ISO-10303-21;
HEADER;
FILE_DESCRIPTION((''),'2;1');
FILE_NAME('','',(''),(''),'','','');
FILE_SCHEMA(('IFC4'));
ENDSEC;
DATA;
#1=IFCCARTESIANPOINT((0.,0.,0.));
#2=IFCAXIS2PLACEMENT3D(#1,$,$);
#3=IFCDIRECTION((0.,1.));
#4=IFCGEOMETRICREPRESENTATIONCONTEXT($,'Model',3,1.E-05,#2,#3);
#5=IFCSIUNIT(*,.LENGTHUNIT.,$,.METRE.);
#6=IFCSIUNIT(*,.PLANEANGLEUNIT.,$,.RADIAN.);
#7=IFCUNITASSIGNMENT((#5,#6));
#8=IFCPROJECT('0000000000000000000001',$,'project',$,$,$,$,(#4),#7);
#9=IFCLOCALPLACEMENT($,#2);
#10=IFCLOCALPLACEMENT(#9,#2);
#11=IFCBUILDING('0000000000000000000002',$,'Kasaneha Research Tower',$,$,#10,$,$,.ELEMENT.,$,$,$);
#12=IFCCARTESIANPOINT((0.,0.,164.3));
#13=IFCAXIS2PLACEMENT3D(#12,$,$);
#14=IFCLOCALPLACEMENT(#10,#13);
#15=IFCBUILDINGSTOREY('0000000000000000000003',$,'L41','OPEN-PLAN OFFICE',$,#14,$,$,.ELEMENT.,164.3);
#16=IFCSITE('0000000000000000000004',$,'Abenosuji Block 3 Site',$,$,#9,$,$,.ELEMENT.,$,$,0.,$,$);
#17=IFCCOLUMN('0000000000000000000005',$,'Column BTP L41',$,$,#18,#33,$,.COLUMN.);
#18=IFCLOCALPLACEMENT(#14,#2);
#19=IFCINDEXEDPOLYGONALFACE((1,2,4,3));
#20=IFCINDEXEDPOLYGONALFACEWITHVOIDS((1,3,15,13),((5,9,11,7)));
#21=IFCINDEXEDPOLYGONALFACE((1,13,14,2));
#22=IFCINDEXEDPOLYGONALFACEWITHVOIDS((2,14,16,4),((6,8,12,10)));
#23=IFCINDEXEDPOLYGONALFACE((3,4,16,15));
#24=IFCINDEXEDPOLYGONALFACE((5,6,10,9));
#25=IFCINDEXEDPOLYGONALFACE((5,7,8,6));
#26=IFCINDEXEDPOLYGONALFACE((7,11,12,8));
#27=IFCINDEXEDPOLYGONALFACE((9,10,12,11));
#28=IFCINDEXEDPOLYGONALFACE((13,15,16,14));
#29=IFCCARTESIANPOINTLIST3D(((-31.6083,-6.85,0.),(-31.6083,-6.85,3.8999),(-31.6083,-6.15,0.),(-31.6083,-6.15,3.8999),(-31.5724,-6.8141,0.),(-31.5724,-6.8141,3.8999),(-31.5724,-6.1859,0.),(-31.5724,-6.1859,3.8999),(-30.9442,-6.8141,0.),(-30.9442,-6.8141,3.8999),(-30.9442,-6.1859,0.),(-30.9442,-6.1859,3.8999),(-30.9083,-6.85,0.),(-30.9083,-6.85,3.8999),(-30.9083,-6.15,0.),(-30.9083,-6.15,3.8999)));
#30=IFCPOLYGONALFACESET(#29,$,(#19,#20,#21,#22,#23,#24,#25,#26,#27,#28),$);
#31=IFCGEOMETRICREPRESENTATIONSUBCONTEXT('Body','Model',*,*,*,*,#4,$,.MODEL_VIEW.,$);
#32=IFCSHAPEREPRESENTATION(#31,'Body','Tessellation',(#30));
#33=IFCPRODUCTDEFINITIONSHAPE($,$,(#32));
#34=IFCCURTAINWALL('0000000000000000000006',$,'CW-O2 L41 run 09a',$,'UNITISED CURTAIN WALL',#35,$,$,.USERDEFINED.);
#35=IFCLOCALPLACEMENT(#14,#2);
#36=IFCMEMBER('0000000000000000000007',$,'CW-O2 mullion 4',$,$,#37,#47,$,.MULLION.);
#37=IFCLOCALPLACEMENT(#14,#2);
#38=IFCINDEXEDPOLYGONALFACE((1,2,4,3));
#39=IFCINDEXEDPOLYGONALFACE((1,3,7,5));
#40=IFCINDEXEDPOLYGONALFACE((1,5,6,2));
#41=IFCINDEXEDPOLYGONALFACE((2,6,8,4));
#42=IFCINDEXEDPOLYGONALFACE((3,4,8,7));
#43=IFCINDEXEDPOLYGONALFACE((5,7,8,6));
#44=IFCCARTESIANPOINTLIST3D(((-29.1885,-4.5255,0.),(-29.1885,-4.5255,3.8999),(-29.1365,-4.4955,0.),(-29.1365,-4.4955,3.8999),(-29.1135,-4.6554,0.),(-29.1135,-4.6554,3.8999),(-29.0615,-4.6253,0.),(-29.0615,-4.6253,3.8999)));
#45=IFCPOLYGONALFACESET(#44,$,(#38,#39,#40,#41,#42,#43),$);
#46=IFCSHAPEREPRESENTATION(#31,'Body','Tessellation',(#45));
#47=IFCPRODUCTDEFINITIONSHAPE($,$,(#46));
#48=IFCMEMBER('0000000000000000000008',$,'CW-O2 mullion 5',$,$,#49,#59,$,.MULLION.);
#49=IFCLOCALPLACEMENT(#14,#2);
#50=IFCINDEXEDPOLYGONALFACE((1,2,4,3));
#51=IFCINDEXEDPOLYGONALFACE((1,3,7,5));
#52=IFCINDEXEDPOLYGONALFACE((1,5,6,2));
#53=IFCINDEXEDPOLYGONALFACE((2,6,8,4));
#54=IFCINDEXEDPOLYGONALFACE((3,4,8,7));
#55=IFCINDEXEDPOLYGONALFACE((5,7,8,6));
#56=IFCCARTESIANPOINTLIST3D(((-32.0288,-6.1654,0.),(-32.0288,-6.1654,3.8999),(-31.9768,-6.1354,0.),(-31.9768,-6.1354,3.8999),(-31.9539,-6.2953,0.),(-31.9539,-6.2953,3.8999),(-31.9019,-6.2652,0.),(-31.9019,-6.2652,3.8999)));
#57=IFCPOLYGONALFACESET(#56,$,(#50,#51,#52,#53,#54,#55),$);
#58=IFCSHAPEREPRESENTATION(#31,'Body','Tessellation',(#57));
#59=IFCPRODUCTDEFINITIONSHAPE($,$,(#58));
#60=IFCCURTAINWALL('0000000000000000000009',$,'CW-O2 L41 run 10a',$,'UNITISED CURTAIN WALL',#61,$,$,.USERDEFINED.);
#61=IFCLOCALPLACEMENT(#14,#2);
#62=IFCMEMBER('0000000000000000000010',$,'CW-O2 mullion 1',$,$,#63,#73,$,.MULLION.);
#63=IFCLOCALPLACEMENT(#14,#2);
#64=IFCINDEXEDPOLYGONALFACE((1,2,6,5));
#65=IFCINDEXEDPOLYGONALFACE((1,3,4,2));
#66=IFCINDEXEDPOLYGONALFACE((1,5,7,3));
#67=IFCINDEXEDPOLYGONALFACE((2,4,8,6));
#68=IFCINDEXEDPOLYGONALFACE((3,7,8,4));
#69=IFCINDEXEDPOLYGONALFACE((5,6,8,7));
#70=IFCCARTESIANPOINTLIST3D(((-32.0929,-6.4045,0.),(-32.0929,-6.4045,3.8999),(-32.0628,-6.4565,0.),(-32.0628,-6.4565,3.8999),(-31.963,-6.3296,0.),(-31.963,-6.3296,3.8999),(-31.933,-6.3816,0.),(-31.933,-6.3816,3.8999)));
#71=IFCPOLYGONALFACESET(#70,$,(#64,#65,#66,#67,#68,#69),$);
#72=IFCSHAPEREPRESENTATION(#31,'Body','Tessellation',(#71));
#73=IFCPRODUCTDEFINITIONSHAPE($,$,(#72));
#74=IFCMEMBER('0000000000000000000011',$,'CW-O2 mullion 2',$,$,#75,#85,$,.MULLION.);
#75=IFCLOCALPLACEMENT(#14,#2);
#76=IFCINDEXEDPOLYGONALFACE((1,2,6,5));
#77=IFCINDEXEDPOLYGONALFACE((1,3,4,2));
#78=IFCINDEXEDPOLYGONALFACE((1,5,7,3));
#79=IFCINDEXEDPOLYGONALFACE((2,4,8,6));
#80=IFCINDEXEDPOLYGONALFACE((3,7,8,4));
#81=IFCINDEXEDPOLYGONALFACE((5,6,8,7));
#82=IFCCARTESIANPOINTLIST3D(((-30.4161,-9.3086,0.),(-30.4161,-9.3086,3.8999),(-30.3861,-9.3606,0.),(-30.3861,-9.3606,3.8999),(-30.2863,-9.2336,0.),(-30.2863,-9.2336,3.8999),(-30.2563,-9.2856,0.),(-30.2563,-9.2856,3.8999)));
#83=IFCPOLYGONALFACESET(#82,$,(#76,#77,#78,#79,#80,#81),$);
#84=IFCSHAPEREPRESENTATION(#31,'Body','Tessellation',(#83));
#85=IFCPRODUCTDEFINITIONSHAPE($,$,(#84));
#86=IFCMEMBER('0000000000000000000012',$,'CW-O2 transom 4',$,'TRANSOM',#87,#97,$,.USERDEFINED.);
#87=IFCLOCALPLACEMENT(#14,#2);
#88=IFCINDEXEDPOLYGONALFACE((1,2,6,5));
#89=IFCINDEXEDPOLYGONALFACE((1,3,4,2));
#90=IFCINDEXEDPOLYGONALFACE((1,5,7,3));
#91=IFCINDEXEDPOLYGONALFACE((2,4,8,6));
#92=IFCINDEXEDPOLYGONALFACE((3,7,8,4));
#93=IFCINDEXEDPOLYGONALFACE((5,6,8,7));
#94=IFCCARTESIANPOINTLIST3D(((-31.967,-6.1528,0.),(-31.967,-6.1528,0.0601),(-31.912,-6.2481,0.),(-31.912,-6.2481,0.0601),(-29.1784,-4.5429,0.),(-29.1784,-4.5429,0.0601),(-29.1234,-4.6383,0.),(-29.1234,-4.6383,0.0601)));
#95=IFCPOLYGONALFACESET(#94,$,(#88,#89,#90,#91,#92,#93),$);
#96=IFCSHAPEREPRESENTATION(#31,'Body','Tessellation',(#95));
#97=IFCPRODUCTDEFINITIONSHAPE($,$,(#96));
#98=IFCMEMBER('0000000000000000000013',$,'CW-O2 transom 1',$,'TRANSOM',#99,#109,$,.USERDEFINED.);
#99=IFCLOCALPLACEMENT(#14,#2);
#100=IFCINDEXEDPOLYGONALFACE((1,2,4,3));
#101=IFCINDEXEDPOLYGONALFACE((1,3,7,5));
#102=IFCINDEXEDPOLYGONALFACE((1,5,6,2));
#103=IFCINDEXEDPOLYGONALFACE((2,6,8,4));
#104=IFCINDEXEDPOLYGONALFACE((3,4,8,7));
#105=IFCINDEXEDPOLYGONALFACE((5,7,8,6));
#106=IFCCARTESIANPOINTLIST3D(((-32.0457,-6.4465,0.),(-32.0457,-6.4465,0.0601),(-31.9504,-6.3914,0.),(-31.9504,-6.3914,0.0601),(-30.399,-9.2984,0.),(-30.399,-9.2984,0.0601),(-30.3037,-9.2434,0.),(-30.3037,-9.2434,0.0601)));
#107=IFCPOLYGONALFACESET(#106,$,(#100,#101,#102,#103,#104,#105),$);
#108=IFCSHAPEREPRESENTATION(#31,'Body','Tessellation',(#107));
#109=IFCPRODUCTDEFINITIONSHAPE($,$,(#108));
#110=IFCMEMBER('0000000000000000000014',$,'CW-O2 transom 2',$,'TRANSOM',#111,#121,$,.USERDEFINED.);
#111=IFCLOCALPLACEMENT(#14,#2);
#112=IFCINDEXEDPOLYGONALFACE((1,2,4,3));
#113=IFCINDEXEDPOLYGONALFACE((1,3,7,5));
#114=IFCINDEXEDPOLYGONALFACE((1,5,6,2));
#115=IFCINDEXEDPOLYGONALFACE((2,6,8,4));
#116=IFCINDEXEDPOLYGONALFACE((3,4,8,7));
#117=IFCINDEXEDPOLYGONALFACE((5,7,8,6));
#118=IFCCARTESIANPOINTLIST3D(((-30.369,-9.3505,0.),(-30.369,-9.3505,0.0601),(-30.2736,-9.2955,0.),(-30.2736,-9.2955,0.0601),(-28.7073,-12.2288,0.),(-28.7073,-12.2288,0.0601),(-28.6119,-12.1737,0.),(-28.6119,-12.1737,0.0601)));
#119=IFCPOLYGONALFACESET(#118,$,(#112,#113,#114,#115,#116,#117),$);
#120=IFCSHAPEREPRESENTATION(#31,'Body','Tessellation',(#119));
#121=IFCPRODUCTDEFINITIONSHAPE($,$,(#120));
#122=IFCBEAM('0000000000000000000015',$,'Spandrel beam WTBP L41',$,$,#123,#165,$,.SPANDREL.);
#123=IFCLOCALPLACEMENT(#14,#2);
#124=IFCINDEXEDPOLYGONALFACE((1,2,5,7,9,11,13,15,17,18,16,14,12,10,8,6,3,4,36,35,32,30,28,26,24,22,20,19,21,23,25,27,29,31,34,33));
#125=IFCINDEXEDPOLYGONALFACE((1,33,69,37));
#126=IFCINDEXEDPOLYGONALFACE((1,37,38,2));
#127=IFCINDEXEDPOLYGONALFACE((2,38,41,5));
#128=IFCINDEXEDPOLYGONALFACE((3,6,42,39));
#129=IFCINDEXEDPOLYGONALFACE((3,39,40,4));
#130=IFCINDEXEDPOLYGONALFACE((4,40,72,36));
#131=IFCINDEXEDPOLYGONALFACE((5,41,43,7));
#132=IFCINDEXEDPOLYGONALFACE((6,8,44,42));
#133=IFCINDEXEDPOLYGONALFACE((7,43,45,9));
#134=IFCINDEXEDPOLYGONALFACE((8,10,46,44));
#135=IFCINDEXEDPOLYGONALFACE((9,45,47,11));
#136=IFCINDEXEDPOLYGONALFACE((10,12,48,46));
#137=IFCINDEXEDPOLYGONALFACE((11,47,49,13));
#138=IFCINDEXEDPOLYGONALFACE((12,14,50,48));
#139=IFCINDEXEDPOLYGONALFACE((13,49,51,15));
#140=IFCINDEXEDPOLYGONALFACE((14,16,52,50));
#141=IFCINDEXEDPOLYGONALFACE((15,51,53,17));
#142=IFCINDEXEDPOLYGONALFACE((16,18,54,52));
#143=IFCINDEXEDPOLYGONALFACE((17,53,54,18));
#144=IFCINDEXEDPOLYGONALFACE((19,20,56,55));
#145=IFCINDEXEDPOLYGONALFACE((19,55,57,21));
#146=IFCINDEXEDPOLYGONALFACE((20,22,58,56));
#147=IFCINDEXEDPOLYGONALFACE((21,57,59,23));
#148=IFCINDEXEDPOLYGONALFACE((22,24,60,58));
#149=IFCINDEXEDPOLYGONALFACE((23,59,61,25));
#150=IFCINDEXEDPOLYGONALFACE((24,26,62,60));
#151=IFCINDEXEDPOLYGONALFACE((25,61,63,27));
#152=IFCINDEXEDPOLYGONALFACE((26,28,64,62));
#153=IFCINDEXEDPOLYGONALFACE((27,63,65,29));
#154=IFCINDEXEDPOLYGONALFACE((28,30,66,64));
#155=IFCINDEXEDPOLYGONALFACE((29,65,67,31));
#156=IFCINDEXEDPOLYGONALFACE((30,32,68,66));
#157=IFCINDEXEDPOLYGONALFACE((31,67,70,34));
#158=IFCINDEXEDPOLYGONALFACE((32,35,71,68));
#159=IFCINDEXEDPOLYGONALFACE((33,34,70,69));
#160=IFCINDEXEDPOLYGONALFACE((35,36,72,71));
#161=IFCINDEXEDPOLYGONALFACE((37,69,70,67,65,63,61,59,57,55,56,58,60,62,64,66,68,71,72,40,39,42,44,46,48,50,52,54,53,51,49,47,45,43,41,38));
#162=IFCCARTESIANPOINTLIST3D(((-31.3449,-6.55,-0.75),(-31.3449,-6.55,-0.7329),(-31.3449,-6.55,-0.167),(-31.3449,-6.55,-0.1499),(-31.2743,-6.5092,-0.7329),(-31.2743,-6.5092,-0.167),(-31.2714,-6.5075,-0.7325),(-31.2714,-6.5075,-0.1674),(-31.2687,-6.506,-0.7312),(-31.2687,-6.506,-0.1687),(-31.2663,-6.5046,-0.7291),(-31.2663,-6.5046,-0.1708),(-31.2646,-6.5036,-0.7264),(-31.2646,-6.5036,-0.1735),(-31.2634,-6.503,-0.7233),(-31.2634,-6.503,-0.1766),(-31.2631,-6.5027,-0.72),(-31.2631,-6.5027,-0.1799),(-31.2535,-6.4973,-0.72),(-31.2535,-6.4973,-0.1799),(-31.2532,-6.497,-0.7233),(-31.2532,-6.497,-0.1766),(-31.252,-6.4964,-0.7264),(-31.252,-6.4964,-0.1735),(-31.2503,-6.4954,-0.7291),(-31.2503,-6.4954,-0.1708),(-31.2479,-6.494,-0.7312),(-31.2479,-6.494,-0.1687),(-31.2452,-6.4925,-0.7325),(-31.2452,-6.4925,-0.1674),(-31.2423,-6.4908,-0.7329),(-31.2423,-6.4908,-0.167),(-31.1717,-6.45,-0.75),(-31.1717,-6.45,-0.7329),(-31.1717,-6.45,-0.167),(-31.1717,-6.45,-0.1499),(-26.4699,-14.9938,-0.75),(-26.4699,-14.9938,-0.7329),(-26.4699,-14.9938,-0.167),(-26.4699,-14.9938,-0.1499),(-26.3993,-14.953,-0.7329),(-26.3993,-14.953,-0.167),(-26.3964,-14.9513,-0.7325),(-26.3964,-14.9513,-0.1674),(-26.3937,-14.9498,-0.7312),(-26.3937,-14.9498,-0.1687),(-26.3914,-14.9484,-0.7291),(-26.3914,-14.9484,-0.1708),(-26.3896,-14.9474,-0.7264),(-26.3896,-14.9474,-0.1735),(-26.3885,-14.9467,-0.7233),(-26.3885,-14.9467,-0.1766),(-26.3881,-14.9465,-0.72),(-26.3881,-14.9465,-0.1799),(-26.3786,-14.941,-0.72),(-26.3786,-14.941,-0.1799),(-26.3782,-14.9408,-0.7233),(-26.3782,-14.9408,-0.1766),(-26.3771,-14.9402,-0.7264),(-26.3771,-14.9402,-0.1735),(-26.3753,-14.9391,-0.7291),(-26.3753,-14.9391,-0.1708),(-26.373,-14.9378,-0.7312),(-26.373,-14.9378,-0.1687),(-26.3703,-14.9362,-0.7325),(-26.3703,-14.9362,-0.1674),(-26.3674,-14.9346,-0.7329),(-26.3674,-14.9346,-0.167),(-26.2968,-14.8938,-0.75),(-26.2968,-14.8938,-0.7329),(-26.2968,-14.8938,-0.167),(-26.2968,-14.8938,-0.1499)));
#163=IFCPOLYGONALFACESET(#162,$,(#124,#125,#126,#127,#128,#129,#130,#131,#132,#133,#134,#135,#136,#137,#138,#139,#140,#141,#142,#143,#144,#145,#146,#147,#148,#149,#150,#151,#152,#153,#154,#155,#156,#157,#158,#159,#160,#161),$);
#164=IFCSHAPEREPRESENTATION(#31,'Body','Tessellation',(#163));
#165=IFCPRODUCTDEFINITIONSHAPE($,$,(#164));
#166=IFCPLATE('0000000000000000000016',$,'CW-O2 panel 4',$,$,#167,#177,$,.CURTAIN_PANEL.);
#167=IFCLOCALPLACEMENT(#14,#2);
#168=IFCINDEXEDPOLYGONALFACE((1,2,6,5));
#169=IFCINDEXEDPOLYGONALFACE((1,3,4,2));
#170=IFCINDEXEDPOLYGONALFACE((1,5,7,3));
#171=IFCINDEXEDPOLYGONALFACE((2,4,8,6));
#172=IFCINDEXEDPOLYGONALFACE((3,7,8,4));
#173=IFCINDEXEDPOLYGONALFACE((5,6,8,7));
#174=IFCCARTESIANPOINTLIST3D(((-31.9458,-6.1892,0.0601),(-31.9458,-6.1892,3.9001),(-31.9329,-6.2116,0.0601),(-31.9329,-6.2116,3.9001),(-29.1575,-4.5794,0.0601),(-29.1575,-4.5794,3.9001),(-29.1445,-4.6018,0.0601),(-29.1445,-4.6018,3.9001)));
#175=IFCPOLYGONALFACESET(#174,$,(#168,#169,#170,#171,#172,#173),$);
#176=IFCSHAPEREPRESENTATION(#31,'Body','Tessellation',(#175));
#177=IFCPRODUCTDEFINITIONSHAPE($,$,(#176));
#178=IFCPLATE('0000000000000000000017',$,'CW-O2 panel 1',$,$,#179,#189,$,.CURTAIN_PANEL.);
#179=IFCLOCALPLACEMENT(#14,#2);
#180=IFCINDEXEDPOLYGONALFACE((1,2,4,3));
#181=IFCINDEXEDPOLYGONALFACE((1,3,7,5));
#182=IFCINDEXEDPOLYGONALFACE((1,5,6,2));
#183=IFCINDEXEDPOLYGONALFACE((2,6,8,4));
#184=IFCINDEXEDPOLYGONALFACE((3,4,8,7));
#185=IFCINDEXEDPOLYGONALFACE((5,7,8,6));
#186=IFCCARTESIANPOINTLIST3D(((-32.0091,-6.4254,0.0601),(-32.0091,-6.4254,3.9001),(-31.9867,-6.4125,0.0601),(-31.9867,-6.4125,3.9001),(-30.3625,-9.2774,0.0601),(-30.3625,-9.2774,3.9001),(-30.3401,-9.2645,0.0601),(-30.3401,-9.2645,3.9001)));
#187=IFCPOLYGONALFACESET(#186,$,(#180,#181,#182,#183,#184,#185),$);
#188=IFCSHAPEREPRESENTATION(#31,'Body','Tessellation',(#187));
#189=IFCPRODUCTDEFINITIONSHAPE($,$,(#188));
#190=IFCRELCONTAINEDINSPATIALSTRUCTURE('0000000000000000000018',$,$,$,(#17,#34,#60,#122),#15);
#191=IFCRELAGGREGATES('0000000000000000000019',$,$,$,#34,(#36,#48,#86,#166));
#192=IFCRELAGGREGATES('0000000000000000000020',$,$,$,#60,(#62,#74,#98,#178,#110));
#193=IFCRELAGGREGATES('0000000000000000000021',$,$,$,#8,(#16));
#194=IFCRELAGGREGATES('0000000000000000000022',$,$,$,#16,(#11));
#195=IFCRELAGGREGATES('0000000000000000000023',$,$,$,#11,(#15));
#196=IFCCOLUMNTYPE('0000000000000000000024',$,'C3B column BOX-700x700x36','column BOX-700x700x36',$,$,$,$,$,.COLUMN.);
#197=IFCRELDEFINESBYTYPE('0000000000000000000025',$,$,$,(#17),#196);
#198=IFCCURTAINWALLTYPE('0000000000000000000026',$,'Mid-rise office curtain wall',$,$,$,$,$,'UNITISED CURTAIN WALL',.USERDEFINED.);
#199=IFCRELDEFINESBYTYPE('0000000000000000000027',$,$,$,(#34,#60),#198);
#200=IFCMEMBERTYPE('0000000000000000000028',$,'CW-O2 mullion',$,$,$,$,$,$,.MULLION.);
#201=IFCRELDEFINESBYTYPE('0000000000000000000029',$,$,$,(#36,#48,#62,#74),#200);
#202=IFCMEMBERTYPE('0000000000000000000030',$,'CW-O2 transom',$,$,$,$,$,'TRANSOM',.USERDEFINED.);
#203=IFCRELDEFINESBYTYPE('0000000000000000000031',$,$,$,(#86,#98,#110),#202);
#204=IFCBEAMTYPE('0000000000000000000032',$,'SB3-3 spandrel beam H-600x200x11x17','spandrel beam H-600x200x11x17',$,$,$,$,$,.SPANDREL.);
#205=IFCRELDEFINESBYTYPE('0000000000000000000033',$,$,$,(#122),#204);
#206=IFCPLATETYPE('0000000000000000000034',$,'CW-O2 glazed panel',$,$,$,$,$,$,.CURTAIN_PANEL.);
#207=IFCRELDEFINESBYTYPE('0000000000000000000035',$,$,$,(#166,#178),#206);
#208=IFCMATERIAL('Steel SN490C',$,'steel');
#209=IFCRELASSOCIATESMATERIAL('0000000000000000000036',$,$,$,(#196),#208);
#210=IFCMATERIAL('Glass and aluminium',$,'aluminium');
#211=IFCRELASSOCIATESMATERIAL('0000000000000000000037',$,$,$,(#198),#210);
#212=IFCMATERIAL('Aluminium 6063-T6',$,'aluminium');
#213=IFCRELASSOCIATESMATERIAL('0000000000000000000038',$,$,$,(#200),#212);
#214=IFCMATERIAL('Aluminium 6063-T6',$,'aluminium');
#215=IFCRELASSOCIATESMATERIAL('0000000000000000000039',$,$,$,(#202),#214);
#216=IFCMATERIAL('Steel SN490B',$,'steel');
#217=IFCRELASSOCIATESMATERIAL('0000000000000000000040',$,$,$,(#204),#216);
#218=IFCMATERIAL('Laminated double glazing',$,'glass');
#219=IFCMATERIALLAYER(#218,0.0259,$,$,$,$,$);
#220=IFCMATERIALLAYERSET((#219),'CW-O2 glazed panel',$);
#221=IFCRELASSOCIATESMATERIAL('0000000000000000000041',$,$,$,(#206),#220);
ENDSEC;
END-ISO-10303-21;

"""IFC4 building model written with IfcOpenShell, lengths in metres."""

from ifc_helpers import new_model, si_unit, direction, frame, origin, origin_2d, place, context, subcontext, project, spatial, rectangle, hollow_rectangle, i_section, extrude, material, layer, layer_set, material_profile, profile_set, type_object, element, aggregate, save


model = new_model("IFC4")

# Units and contexts
model_context = context("Model", 3, precision=1e-05, world=origin(), true_north=direction((0.0, 1.0)))
body_context = subcontext(model_context, "Body", "Model", "MODEL_VIEW")
ifc_project = project(units=[si_unit("LENGTHUNIT", "METRE"), si_unit("PLANEANGLEUNIT", "RADIAN")], contexts=[model_context])

# Site, building, storey
site_placement = place(None, origin())
site = spatial("IfcSite", under=ifc_project, at=site_placement, Name="Abenosuji Block 3 Site", CompositionType="ELEMENT", RefElevation=0.0)
building_placement = place(site_placement, origin())
building = spatial("IfcBuilding", under=site, at=building_placement, Name="Kasaneha Research Tower", CompositionType="ELEMENT")
storey_placement = place(building_placement, frame((0.0, 0.0, 164.3)))
storey = spatial("IfcBuildingStorey", under=building, at=storey_placement, Name="L41", Description="OPEN-PLAN OFFICE", CompositionType="ELEMENT", Elevation=164.3)

# Column
ifc_material_1 = material(Name="Steel SN490C", Category="steel")
ifc_material_profile_1 = material_profile(ifc_material_1, hollow_rectangle(XDim=0.7, YDim=0.7, WallThickness=0.0359, at=origin_2d()), Name="BOX-700x700x36")
ifc_profile_set_1 = profile_set([ifc_material_profile_1], Name="Steel SN490C")
column_type = type_object("IfcColumnType", Name="C3B column BOX-700x700x36", Description="column BOX-700x700x36", PredefinedType="COLUMN", material=ifc_profile_set_1)
column_placement = place(storey_placement, frame((-31.2583, -6.5, 0.0), z_axis=(0.0, 0.0, 1.0), x_axis=(1.0, 0.0, 0.0)))
element("IfcColumn", 1, at=column_placement, inside=storey, type_object=column_type, Name="Column BTP L41", PredefinedType="COLUMN", context=body_context, shape_type="SweptSolid", body=[
    extrude(hollow_rectangle(XDim=0.7, YDim=0.7, WallThickness=0.0359, at=origin_2d()), origin(), (0.0, 0.0, 1.0), 3.8999),
])

# Curtain walls, members
ifc_material_2 = material(Name="Glass and aluminium", Category="aluminium")
curtain_wall_type = type_object("IfcCurtainWallType", Name="Mid-rise office curtain wall", ElementType="UNITISED CURTAIN WALL", PredefinedType="USERDEFINED", material=ifc_material_2)
curtain_wall_1_placement = place(storey_placement, origin())
curtain_wall_1 = element("IfcCurtainWall", 2, at=curtain_wall_1_placement, inside=storey, type_object=curtain_wall_type, Name="CW-O2 L41 run 09a", ObjectType="UNITISED CURTAIN WALL", PredefinedType="USERDEFINED")
ifc_material_3 = material(Name="Aluminium 6063-T6", Category="aluminium")
ifc_material_profile_2 = material_profile(ifc_material_3, rectangle(XDim=0.0601, YDim=0.1499, at=origin_2d()), Name="CW-O2 mullion 60x150")
ifc_profile_set_2 = profile_set([ifc_material_profile_2], Name="Aluminium 6063-T6")
member_type_1 = type_object("IfcMemberType", Name="CW-O2 mullion", PredefinedType="MULLION", material=ifc_profile_set_2)
member_1_placement = place(storey_placement, frame((-29.125, -4.5754, 0.0), z_axis=(0.0, 0.0, 1.0), x_axis=(-0.866025, -0.5, 0.0)))
member_1 = element("IfcMember", 3, at=member_1_placement, type_object=member_type_1, Name="CW-O2 mullion 4", PredefinedType="MULLION", context=body_context, shape_type="SweptSolid", body=[
    extrude(rectangle(XDim=0.0601, YDim=0.1499, at=origin_2d()), origin(), (0.0, 0.0, 1.0), 3.8999),
])
member_2_placement = place(storey_placement, frame((-31.9653, -6.2153, 0.0), z_axis=(0.0, 0.0, 1.0), x_axis=(-0.866025, -0.5, 0.0)))
member_2 = element("IfcMember", 4, at=member_2_placement, type_object=member_type_1, Name="CW-O2 mullion 5", PredefinedType="MULLION", context=body_context, shape_type="SweptSolid", body=[
    extrude(rectangle(XDim=0.0601, YDim=0.1499, at=origin_2d()), origin(), (0.0, 0.0, 1.0), 3.8999),
])
curtain_wall_2_placement = place(storey_placement, origin())
curtain_wall_2 = element("IfcCurtainWall", 5, at=curtain_wall_2_placement, inside=storey, type_object=curtain_wall_type, Name="CW-O2 L41 run 10a", ObjectType="UNITISED CURTAIN WALL", PredefinedType="USERDEFINED")
member_3_placement = place(storey_placement, frame((-32.0129, -6.3931, 0.0), z_axis=(0.0, 0.0, 1.0), x_axis=(0.5, -0.866025, 0.0)))
member_3 = element("IfcMember", 6, at=member_3_placement, type_object=member_type_1, Name="CW-O2 mullion 1", PredefinedType="MULLION", context=body_context, shape_type="SweptSolid", body=[
    extrude(rectangle(XDim=0.0601, YDim=0.1499, at=origin_2d()), origin(), (0.0, 0.0, 1.0), 3.8999),
])
member_4_placement = place(storey_placement, frame((-30.3362, -9.2971, 0.0), z_axis=(0.0, 0.0, 1.0), x_axis=(0.5, -0.866025, 0.0)))
member_4 = element("IfcMember", 7, at=member_4_placement, type_object=member_type_1, Name="CW-O2 mullion 2", PredefinedType="MULLION", context=body_context, shape_type="SweptSolid", body=[
    extrude(rectangle(XDim=0.0601, YDim=0.1499, at=origin_2d()), origin(), (0.0, 0.0, 1.0), 3.8999),
])

# Members
ifc_material_4 = material(Name="Aluminium 6063-T6", Category="aluminium")
ifc_material_profile_3 = material_profile(ifc_material_4, rectangle(XDim=0.1101, YDim=0.0601, at=origin_2d()), Name="CW-O2 transom 110x60")
ifc_profile_set_3 = profile_set([ifc_material_profile_3], Name="Aluminium 6063-T6")
member_type_2 = type_object("IfcMemberType", Name="CW-O2 transom", ElementType="TRANSOM", PredefinedType="USERDEFINED", material=ifc_profile_set_3)
member_5_placement = place(storey_placement, frame((-29.1509, -4.5906, 0.03), z_axis=(-0.866042, -0.499972, 0.0), x_axis=(0.499972, -0.866042, 0.0)))
member_5 = element("IfcMember", 8, at=member_5_placement, type_object=member_type_2, Name="CW-O2 transom 4", ObjectType="TRANSOM", PredefinedType="USERDEFINED", context=body_context, shape_type="SweptSolid", body=[
    extrude(rectangle(XDim=0.1101, YDim=0.0601, at=origin_2d()), origin(), (0.0, 0.0, 1.0), 3.22),
])
member_6_placement = place(storey_placement, frame((-31.998, -6.4189, 0.03), z_axis=(0.500022, -0.866013, 0.0), x_axis=(0.866013, 0.500022, 0.0)))
member_6 = element("IfcMember", 9, at=member_6_placement, type_object=member_type_2, Name="CW-O2 transom 1", ObjectType="TRANSOM", PredefinedType="USERDEFINED", context=body_context, shape_type="SweptSolid", body=[
    extrude(rectangle(XDim=0.1101, YDim=0.0601, at=origin_2d()), origin(), (0.0, 0.0, 1.0), 3.2932),
])
member_7_placement = place(storey_placement, frame((-30.3213, -9.323, 0.03), z_axis=(0.499979, -0.866038, 0.0), x_axis=(0.866038, 0.499979, 0.0)))
member_7 = element("IfcMember", 10, at=member_7_placement, type_object=member_type_2, Name="CW-O2 transom 2", ObjectType="TRANSOM", PredefinedType="USERDEFINED", context=body_context, shape_type="SweptSolid", body=[
    extrude(rectangle(XDim=0.1101, YDim=0.0601, at=origin_2d()), origin(), (0.0, 0.0, 1.0), 3.3235),
])

# Beam
ifc_material_5 = material(Name="Steel SN490B", Category="steel")
ifc_material_profile_4 = material_profile(ifc_material_5, i_section(OverallWidth=0.2, OverallDepth=0.6001, WebThickness=0.011, FlangeThickness=0.0171, FilletRadius=0.0129, at=origin_2d()), Name="H-600x200x11x17")
ifc_profile_set_4 = profile_set([ifc_material_profile_4], Name="Steel SN490B")
beam_type = type_object("IfcBeamType", Name="SB3-3 spandrel beam H-600x200x11x17", Description="spandrel beam H-600x200x11x17", PredefinedType="SPANDREL", material=ifc_profile_set_4)
beam_placement = place(storey_placement, frame((-31.2583, -6.5, -0.45), z_axis=(0.499996, -0.866028, 0.0), x_axis=(0.866028, 0.499996, 0.0)))
element("IfcBeam", 11, at=beam_placement, inside=storey, type_object=beam_type, Name="Spandrel beam WTBP L41", PredefinedType="SPANDREL", context=body_context, shape_type="SweptSolid", body=[
    extrude(i_section(OverallWidth=0.2, OverallDepth=0.6001, WebThickness=0.011, FlangeThickness=0.0171, FilletRadius=0.0129, at=origin_2d()), origin(), (0.0, 0.0, 1.0), 9.75),
])

# Plates
ifc_material_6 = material(Name="Laminated double glazing", Category="glass")
ifc_layer_1 = layer(ifc_material_6, 0.0259)
ifc_layer_set_1 = layer_set([ifc_layer_1], Name="CW-O2 glazed panel")
plate_type = type_object("IfcPlateType", Name="CW-O2 glazed panel", PredefinedType="CURTAIN_PANEL", material=ifc_layer_set_1)
plate_1_placement = place(storey_placement, frame((-30.5452, -5.3955, 0.0601), z_axis=(0.0, 0.0, 1.0), x_axis=(-0.866025, -0.5, 0.0)))
plate_1 = element("IfcPlate", 12, at=plate_1_placement, type_object=plate_type, Name="CW-O2 panel 4", PredefinedType="CURTAIN_PANEL", context=body_context, shape_type="SweptSolid", body=[
    extrude(rectangle(XDim=3.2197, YDim=0.0259, at=origin_2d()), origin(), (0.0, 0.0, 1.0), 3.8401),
])
aggregate(curtain_wall_1, [member_1, member_2, member_5, plate_1])
plate_2_placement = place(storey_placement, frame((-31.1746, -7.845, 0.0601), z_axis=(0.0, 0.0, 1.0), x_axis=(0.5, -0.866025, 0.0)))
plate_2 = element("IfcPlate", 13, at=plate_2_placement, type_object=plate_type, Name="CW-O2 panel 1", PredefinedType="CURTAIN_PANEL", context=body_context, shape_type="SweptSolid", body=[
    extrude(rectangle(XDim=3.2932, YDim=0.0259, at=origin_2d()), origin(), (0.0, 0.0, 1.0), 3.8401),
])
aggregate(curtain_wall_2, [member_3, member_4, member_6, plate_2, member_7])

save(model, "model.ifc")
